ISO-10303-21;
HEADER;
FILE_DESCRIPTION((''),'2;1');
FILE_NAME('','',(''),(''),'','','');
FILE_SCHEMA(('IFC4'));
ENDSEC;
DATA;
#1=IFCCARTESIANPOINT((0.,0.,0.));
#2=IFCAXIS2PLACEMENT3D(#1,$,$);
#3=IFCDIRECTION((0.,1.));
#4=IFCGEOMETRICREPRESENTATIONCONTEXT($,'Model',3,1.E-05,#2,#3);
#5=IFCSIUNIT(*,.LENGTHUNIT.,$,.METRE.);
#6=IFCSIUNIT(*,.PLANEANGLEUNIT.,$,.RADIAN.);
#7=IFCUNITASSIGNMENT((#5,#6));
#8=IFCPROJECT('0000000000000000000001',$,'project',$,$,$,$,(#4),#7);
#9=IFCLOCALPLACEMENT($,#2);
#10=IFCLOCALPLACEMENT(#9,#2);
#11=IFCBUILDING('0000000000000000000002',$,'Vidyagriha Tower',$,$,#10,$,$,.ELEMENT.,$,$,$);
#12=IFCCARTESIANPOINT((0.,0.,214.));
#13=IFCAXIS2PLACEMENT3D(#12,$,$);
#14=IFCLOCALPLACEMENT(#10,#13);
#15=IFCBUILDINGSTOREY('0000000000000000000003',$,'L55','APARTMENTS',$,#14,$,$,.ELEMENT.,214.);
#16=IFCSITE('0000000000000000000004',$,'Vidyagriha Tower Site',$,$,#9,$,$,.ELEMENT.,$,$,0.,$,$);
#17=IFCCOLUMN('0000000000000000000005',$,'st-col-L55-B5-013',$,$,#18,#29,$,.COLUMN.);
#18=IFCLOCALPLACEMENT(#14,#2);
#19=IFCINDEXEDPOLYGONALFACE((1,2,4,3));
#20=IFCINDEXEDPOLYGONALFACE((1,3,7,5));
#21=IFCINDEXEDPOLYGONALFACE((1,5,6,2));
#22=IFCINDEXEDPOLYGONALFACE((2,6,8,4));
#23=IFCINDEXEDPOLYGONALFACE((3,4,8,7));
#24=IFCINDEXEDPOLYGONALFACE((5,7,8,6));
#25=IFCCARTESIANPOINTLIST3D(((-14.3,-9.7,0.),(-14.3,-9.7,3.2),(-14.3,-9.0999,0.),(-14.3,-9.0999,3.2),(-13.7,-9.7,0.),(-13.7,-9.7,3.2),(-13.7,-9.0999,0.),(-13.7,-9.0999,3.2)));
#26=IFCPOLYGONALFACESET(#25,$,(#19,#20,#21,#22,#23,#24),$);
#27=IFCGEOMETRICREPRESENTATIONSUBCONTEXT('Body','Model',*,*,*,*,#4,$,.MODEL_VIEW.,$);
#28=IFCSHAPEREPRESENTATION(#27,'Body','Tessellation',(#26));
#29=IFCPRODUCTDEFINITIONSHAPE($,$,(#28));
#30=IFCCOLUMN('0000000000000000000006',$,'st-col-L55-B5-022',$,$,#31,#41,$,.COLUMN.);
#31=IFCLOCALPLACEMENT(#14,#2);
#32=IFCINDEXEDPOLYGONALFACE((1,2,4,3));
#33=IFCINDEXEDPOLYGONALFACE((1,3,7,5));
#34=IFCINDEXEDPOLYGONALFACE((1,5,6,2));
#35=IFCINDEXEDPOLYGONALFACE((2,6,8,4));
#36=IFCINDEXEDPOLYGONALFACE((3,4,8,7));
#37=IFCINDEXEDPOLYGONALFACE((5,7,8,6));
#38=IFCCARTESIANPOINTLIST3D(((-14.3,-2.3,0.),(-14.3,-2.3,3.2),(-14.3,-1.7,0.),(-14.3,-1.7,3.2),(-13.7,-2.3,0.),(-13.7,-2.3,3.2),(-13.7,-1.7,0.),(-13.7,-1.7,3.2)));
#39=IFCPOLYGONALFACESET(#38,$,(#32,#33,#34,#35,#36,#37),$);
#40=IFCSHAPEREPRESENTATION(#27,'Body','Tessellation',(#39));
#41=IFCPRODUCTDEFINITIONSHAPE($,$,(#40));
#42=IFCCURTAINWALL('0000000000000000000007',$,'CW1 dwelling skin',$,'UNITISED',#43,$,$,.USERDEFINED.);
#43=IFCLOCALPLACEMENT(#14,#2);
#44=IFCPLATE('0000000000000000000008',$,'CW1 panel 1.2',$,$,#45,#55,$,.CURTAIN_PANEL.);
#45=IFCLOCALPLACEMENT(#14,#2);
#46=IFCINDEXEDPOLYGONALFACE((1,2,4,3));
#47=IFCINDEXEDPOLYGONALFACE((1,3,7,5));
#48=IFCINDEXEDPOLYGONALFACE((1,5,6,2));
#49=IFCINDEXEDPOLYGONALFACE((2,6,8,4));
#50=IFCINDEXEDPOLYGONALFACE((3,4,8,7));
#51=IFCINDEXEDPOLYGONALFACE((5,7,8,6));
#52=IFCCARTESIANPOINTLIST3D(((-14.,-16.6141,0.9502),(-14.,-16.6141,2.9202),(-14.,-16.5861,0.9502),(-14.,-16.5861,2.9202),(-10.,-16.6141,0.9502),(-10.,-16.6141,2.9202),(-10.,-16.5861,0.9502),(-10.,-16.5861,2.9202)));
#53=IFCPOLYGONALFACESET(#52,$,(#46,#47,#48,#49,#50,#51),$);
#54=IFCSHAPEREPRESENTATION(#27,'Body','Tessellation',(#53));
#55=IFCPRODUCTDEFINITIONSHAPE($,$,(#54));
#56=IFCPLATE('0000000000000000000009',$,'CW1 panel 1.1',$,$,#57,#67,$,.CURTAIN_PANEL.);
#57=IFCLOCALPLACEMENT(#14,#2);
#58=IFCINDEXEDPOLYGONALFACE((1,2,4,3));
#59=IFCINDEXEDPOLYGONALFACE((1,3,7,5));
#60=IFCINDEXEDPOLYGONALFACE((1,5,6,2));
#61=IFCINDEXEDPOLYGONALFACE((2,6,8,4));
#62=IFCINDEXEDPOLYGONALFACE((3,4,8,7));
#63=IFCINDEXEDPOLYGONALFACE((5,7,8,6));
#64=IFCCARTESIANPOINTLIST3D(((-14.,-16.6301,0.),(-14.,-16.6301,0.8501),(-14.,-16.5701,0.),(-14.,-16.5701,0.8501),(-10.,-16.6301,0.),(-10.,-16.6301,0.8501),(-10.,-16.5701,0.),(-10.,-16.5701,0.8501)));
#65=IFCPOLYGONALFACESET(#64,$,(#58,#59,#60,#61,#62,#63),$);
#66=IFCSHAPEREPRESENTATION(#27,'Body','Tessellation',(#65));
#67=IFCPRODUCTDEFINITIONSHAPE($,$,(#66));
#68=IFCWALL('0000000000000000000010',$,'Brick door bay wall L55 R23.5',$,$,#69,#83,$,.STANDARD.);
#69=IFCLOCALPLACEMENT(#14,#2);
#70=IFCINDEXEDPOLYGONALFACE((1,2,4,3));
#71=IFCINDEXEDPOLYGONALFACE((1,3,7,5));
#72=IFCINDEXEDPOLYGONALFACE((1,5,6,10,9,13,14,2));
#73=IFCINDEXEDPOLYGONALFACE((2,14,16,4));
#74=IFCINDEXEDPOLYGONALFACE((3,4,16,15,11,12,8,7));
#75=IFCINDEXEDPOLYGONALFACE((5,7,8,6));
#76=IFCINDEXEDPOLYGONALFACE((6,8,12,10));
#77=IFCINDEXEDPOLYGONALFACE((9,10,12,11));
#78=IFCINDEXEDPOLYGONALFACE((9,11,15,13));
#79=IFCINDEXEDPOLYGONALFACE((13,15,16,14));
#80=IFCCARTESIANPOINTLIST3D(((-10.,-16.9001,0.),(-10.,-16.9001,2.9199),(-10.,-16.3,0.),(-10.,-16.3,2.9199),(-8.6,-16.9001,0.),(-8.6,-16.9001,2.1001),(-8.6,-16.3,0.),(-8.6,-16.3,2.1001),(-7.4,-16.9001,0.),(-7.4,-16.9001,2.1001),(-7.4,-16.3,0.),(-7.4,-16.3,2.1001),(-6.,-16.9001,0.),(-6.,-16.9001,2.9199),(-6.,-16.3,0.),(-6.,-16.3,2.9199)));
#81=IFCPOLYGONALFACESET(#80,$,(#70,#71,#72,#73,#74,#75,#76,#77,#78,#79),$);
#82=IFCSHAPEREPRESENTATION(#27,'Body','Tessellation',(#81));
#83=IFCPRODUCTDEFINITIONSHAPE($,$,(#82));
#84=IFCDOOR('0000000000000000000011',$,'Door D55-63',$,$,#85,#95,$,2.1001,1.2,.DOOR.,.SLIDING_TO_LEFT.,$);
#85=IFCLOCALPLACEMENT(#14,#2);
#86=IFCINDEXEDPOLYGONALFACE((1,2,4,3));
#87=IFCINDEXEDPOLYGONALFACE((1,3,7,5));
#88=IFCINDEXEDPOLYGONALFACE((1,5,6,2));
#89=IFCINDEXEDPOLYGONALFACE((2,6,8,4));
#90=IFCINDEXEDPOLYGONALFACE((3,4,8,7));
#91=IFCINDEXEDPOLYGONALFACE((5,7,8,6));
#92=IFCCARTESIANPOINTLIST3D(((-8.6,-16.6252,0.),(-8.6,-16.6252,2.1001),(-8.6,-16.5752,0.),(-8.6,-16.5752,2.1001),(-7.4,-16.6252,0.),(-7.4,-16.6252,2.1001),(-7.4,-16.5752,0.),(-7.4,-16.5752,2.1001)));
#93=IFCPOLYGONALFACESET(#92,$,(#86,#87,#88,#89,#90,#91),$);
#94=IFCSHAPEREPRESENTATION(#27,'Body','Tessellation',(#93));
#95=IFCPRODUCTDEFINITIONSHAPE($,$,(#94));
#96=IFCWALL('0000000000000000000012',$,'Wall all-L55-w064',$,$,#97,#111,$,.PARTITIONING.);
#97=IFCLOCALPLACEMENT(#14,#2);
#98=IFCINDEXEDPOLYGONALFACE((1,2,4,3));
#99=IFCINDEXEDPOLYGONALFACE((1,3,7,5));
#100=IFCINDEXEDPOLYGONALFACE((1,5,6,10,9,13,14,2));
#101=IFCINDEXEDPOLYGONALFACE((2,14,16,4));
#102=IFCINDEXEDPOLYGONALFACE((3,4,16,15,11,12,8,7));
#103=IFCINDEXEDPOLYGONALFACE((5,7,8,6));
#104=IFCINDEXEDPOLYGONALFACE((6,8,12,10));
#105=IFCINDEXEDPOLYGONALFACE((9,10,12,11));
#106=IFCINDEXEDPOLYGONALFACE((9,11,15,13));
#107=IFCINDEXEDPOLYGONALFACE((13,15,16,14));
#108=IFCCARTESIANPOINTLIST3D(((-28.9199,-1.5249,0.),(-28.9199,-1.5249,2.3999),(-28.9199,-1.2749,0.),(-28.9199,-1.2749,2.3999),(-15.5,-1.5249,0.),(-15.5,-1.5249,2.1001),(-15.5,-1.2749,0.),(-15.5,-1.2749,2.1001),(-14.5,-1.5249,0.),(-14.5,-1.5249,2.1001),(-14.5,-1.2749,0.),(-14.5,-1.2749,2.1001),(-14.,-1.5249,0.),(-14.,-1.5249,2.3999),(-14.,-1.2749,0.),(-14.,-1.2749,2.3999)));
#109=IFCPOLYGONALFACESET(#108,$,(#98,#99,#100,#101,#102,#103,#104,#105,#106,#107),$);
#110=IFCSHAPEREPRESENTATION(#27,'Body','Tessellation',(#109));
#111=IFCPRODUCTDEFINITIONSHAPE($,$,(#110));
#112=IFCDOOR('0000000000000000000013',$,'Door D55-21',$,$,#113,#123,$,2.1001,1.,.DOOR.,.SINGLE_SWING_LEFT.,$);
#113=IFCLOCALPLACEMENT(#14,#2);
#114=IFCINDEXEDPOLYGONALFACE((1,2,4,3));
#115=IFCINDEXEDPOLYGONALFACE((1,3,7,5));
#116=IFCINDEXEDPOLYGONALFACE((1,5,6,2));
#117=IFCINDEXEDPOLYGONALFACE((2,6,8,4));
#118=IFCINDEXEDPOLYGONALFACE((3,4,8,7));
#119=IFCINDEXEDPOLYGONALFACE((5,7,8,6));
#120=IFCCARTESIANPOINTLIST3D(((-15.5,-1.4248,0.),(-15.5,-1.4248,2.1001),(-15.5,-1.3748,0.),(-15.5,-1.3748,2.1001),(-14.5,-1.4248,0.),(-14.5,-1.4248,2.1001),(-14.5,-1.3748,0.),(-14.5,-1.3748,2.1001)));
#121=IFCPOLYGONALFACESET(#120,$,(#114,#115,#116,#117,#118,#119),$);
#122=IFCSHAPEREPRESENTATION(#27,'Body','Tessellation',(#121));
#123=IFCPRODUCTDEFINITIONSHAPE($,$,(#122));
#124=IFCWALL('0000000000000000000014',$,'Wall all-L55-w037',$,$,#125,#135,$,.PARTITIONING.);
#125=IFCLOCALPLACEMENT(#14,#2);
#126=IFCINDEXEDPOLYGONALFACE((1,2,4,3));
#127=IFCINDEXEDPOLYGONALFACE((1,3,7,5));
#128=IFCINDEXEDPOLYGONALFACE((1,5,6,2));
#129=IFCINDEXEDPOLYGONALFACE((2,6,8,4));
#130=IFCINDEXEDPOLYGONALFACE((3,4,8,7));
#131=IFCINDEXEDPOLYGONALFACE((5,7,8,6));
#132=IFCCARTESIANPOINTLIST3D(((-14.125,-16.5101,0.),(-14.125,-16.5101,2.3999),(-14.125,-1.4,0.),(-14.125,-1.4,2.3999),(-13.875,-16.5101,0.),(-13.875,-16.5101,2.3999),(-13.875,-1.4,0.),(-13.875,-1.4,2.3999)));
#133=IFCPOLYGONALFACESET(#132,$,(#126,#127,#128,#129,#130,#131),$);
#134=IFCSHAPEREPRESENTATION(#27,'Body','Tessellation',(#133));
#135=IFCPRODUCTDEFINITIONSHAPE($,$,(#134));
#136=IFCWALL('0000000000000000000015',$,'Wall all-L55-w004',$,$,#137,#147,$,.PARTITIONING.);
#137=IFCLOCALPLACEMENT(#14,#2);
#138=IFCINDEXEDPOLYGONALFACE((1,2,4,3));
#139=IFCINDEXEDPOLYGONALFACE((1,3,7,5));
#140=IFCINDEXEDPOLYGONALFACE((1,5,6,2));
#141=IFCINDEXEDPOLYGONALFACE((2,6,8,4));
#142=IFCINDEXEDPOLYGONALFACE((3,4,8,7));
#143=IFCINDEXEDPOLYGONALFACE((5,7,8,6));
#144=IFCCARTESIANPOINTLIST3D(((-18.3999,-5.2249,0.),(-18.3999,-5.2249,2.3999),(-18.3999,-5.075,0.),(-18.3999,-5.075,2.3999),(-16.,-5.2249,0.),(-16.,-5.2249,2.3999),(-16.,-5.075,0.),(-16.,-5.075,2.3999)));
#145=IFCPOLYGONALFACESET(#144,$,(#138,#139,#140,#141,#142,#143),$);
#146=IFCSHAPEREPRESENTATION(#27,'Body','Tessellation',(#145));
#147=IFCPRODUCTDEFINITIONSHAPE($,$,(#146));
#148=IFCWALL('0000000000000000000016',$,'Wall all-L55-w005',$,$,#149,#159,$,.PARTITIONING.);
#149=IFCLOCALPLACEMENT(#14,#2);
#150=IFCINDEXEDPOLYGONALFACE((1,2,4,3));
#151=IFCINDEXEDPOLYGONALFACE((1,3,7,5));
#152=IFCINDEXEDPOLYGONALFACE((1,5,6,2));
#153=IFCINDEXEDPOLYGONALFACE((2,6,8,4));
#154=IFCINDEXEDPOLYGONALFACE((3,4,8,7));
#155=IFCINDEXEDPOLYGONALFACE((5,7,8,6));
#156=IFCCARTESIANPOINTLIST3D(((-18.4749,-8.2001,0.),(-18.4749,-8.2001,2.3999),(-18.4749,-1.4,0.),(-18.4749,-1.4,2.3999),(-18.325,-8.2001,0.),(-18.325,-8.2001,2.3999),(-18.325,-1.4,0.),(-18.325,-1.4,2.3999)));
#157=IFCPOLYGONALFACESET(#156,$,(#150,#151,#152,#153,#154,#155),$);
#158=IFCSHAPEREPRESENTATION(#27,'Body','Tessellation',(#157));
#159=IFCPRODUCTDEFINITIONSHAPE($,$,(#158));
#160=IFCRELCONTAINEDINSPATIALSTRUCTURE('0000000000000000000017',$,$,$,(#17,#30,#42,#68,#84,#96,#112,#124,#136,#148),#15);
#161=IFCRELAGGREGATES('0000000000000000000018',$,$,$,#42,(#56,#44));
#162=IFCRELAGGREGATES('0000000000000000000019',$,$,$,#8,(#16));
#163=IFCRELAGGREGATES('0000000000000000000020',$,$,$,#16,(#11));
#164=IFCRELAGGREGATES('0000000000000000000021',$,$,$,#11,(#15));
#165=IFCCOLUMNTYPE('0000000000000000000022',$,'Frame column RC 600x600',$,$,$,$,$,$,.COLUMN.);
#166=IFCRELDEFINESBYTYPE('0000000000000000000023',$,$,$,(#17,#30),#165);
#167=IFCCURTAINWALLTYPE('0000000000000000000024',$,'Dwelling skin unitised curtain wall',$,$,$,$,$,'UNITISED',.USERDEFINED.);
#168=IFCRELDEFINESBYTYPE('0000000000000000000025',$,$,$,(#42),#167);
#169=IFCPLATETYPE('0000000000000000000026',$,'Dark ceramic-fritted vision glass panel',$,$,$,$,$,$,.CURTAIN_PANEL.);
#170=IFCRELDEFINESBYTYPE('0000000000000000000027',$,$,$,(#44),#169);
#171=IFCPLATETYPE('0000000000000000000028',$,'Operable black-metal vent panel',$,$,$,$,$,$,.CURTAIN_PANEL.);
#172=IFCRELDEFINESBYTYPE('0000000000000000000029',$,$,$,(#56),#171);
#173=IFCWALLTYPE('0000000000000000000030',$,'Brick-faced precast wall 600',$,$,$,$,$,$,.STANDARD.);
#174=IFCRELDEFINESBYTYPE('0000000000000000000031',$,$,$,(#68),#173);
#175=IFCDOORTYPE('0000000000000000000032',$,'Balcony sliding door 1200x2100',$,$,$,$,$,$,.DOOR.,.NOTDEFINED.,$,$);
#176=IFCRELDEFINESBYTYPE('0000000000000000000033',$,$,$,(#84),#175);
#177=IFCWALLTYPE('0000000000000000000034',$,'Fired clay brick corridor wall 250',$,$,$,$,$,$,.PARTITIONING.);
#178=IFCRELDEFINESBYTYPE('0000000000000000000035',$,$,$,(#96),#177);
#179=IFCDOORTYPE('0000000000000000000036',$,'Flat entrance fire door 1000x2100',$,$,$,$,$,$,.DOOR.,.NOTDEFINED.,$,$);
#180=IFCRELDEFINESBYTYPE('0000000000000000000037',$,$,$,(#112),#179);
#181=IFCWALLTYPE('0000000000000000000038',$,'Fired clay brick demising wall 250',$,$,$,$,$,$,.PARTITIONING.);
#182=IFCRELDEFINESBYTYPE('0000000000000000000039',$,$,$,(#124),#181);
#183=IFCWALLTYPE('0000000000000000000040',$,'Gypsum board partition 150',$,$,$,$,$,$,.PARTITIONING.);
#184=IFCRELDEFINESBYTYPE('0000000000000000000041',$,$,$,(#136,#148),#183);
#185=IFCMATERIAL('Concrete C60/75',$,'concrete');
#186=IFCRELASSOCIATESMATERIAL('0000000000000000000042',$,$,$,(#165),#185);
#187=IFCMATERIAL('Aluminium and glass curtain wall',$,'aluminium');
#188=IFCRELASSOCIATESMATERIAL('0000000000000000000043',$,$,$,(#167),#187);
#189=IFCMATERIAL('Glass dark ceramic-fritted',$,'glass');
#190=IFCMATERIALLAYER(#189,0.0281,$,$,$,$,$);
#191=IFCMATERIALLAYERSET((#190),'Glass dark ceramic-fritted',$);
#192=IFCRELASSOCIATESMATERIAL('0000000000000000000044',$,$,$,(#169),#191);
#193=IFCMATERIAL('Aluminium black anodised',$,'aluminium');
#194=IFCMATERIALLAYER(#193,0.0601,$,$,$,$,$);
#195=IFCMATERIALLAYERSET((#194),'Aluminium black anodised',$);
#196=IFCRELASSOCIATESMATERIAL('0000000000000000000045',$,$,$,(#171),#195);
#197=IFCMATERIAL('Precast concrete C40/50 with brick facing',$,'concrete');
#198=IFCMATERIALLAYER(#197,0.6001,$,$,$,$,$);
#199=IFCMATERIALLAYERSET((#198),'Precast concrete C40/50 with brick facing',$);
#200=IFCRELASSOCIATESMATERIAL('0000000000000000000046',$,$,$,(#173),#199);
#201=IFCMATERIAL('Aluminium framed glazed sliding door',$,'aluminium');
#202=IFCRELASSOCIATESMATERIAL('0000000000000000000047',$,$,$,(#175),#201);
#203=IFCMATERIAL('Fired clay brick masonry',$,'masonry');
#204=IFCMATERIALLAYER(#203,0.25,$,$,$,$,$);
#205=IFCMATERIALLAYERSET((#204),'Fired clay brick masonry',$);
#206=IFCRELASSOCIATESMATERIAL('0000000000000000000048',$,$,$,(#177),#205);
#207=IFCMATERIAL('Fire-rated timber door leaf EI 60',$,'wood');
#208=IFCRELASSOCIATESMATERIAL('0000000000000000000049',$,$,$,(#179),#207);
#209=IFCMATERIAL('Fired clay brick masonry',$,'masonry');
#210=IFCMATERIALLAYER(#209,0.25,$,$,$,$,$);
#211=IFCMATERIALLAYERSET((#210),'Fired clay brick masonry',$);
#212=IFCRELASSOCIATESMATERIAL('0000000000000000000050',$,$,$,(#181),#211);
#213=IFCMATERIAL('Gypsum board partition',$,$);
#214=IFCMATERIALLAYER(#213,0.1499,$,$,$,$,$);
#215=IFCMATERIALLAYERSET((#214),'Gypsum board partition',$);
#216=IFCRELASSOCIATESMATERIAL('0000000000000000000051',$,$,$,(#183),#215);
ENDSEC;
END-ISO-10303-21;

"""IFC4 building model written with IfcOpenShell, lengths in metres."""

from ifc_helpers import new_model, si_unit, direction, frame, frame_2d, origin, origin_2d, place, context, subcontext, project, spatial, rectangle, extrude, material, layer, layer_set, material_profile, profile_set, type_object, element, fill, aggregate, save


model = new_model("IFC4")

# Units and contexts
model_context = context("Model", 3, precision=1e-05, world=origin(), true_north=direction((0.0, 1.0)))
body_context = subcontext(model_context, "Body", "Model", "MODEL_VIEW")
ifc_project = project(units=[si_unit("LENGTHUNIT", "METRE"), si_unit("PLANEANGLEUNIT", "RADIAN")], contexts=[model_context])

# Site, building, storey
site_placement = place(None, origin())
site = spatial("IfcSite", under=ifc_project, at=site_placement, Name="Vidyagriha Tower Site", CompositionType="ELEMENT", RefElevation=0.0)
building_placement = place(site_placement, origin())
building = spatial("IfcBuilding", under=site, at=building_placement, Name="Vidyagriha Tower", CompositionType="ELEMENT")
storey_placement = place(building_placement, frame((0.0, 0.0, 214.0)))
storey = spatial("IfcBuildingStorey", under=building, at=storey_placement, Name="L55", Description="APARTMENTS", CompositionType="ELEMENT", Elevation=214.0)

# Columns
ifc_material_1 = material(Name="Concrete C60/75", Category="concrete")
ifc_material_profile = material_profile(ifc_material_1, rectangle(XDim=0.6001, YDim=0.6001, at=origin_2d()), Name="RC 600x600")
ifc_profile_set = profile_set([ifc_material_profile], Name="Concrete C60/75")
column_type = type_object("IfcColumnType", Name="Frame column RC 600x600", PredefinedType="COLUMN", material=ifc_profile_set)
for number, where, name in (
    (1, (-14.0, -9.3999, 0.0), "st-col-L55-B5-013"),
    (2, (-14.0, -2.0, 0.0), "st-col-L55-B5-022"),
):
    element("IfcColumn", number, at=place(storey_placement, frame(where)), inside=storey, type_object=column_type, Name=name, PredefinedType="COLUMN", context=body_context, shape_type="SweptSolid", body=[
        extrude(rectangle(XDim=0.6001, YDim=0.6001, at=origin_2d()), origin(), (0.0, 0.0, 1.0), 3.2),
    ])

# Curtain wall, plates
ifc_material_2 = material(Name="Aluminium and glass curtain wall", Category="aluminium")
curtain_wall_type = type_object("IfcCurtainWallType", Name="Dwelling skin unitised curtain wall", ElementType="UNITISED", PredefinedType="USERDEFINED", material=ifc_material_2)
curtain_wall_placement = place(storey_placement, origin())
curtain_wall = element("IfcCurtainWall", 3, at=curtain_wall_placement, inside=storey, type_object=curtain_wall_type, Name="CW1 dwelling skin", ObjectType="UNITISED", PredefinedType="USERDEFINED")
ifc_material_3 = material(Name="Glass dark ceramic-fritted", Category="glass")
ifc_layer_1 = layer(ifc_material_3, 0.0281)
ifc_layer_set_1 = layer_set([ifc_layer_1], Name="Glass dark ceramic-fritted")
plate_type_1 = type_object("IfcPlateType", Name="Dark ceramic-fritted vision glass panel", PredefinedType="CURTAIN_PANEL", material=ifc_layer_set_1)
plate_1_placement = place(storey_placement, frame((-12.0, -16.6001, 0.9502)))
plate_1 = element("IfcPlate", 4, at=plate_1_placement, type_object=plate_type_1, Name="CW1 panel 1.2", PredefinedType="CURTAIN_PANEL", context=body_context, shape_type="SweptSolid", body=[
    extrude(rectangle(XDim=4.0, YDim=0.0281, at=origin_2d()), origin(), (0.0, 0.0, 1.0), 1.97),
])
ifc_material_4 = material(Name="Aluminium black anodised", Category="aluminium")
ifc_layer_2 = layer(ifc_material_4, 0.0601)
ifc_layer_set_2 = layer_set([ifc_layer_2], Name="Aluminium black anodised")
plate_type_2 = type_object("IfcPlateType", Name="Operable black-metal vent panel", PredefinedType="CURTAIN_PANEL", material=ifc_layer_set_2)
plate_2_placement = place(storey_placement, frame((-12.0, -16.6001, 0.0)))
plate_2 = element("IfcPlate", 5, at=plate_2_placement, type_object=plate_type_2, Name="CW1 panel 1.1", PredefinedType="CURTAIN_PANEL", context=body_context, shape_type="SweptSolid", body=[
    extrude(rectangle(XDim=4.0, YDim=0.0601, at=origin_2d()), origin(), (0.0, 0.0, 1.0), 0.8501),
])
aggregate(curtain_wall, [plate_2, plate_1])

# Walls, openings, doors
ifc_material_5 = material(Name="Precast concrete C40/50 with brick facing", Category="concrete")
ifc_layer_3 = layer(ifc_material_5, 0.6001)
ifc_layer_set_3 = layer_set([ifc_layer_3], Name="Precast concrete C40/50 with brick facing")
wall_type_1 = type_object("IfcWallType", Name="Brick-faced precast wall 600", PredefinedType="STANDARD", material=ifc_layer_set_3)
wall_1_placement = place(storey_placement, frame((-10.0, -16.6001, 0.0)))
wall_1 = element("IfcWall", 6, at=wall_1_placement, inside=storey, type_object=wall_type_1, Name="Brick door bay wall L55 R23.5", PredefinedType="STANDARD", context=body_context, shape_type="SweptSolid", body=[
    extrude(rectangle(XDim=4.0, YDim=0.6001, at=frame_2d((2.0, 0.0))), origin(), (0.0, 0.0, 1.0), 2.9199),
])
opening_1_placement = place(wall_1_placement, frame((1.3999, 0.0, 0.0)))
opening_1 = element("IfcOpeningElement", 7, at=opening_1_placement, cuts=wall_1, PredefinedType="OPENING", context=body_context, shape_type="SweptSolid", body=[
    extrude(rectangle(XDim=1.2, YDim=2.1001, at=frame_2d((0.6001, 1.05))), frame((0.0, 0.3101, 0.0), z_axis=(0.0, -1.0, 0.0), x_axis=(1.0, 0.0, 0.0)), (0.0, 0.0, 1.0), 0.6201),
])
ifc_material_6 = material(Name="Aluminium framed glazed sliding door", Category="aluminium")
door_type_1 = type_object("IfcDoorType", Name="Balcony sliding door 1200x2100", OperationType="NOTDEFINED", PredefinedType="DOOR", material=ifc_material_6)
door_1_placement = place(opening_1_placement, origin())
door_1 = element("IfcDoor", 8, at=door_1_placement, inside=storey, type_object=door_type_1, Name="Door D55-63", OperationType="SLIDING_TO_LEFT", OverallHeight=2.1001, OverallWidth=1.2, PredefinedType="DOOR", context=body_context, shape_type="SweptSolid", body=[
    extrude(rectangle(XDim=1.2, YDim=2.1001, at=frame_2d((0.6001, 1.05))), frame((0.0, 0.0249, 0.0), z_axis=(0.0, -1.0, 0.0), x_axis=(1.0, 0.0, 0.0)), (0.0, 0.0, 1.0), 0.05),
])
fill(opening_1, door_1)
ifc_material_7 = material(Name="Fired clay brick masonry", Category="masonry")
ifc_layer_4 = layer(ifc_material_7, 0.25)
ifc_layer_set_4 = layer_set([ifc_layer_4], Name="Fired clay brick masonry")
wall_type_2 = type_object("IfcWallType", Name="Fired clay brick corridor wall 250", PredefinedType="PARTITIONING", material=ifc_layer_set_4)
wall_2_placement = place(storey_placement, frame((-14.0, -1.3999, 0.0), z_axis=(0.0, 0.0, 1.0), x_axis=(-1.0, 0.0, 0.0)))
wall_2 = element("IfcWall", 9, at=wall_2_placement, inside=storey, type_object=wall_type_2, Name="Wall all-L55-w064", PredefinedType="PARTITIONING", context=body_context, shape_type="SweptSolid", body=[
    extrude(rectangle(XDim=14.9199, YDim=0.25, at=frame_2d((7.46, 0.0))), origin(), (0.0, 0.0, 1.0), 2.3999),
])
opening_2_placement = place(wall_2_placement, frame((0.5, 0.0, 0.0)))
opening_2 = element("IfcOpeningElement", 10, at=opening_2_placement, cuts=wall_2, PredefinedType="OPENING", context=body_context, shape_type="SweptSolid", body=[
    extrude(rectangle(XDim=1.0, YDim=2.1001, at=frame_2d((0.5, 1.05))), frame((0.0, 0.135, 0.0), z_axis=(0.0, -1.0, 0.0), x_axis=(1.0, 0.0, 0.0)), (0.0, 0.0, 1.0), 0.27),
])
ifc_material_8 = material(Name="Fire-rated timber door leaf EI 60", Category="wood")
door_type_2 = type_object("IfcDoorType", Name="Flat entrance fire door 1000x2100", OperationType="NOTDEFINED", PredefinedType="DOOR", material=ifc_material_8)
door_2_placement = place(opening_2_placement, origin())
door_2 = element("IfcDoor", 11, at=door_2_placement, inside=storey, type_object=door_type_2, Name="Door D55-21", OperationType="SINGLE_SWING_LEFT", OverallHeight=2.1001, OverallWidth=1.0, PredefinedType="DOOR", context=body_context, shape_type="SweptSolid", body=[
    extrude(rectangle(XDim=1.0, YDim=2.1001, at=frame_2d((0.5, 1.05))), frame((0.0, 0.0249, 0.0), z_axis=(0.0, -1.0, 0.0), x_axis=(1.0, 0.0, 0.0)), (0.0, 0.0, 1.0), 0.05),
])
fill(opening_2, door_2)

# Walls
ifc_material_9 = material(Name="Fired clay brick masonry", Category="masonry")
ifc_layer_5 = layer(ifc_material_9, 0.25)
ifc_layer_set_5 = layer_set([ifc_layer_5], Name="Fired clay brick masonry")
wall_type_3 = type_object("IfcWallType", Name="Fired clay brick demising wall 250", PredefinedType="PARTITIONING", material=ifc_layer_set_5)
wall_3_placement = place(storey_placement, frame((-14.0, -1.3999, 0.0), z_axis=(0.0, 0.0, 1.0), x_axis=(0.0, -1.0, 0.0)))
element("IfcWall", 12, at=wall_3_placement, inside=storey, type_object=wall_type_3, Name="Wall all-L55-w037", PredefinedType="PARTITIONING", context=body_context, shape_type="SweptSolid", body=[
    extrude(rectangle(XDim=15.1101, YDim=0.25, at=frame_2d((7.5552, 0.0))), origin(), (0.0, 0.0, 1.0), 2.3999),
])
ifc_material_10 = material(Name="Gypsum board partition")
ifc_layer_6 = layer(ifc_material_10, 0.1499)
ifc_layer_set_6 = layer_set([ifc_layer_6], Name="Gypsum board partition")
wall_type_4 = type_object("IfcWallType", Name="Gypsum board partition 150", PredefinedType="PARTITIONING", material=ifc_layer_set_6)
wall_4_placement = place(storey_placement, frame((-16.0, -5.1499, 0.0), z_axis=(0.0, 0.0, 1.0), x_axis=(-1.0, 0.0, 0.0)))
element("IfcWall", 13, at=wall_4_placement, inside=storey, type_object=wall_type_4, Name="Wall all-L55-w004", PredefinedType="PARTITIONING", context=body_context, shape_type="SweptSolid", body=[
    extrude(rectangle(XDim=2.3999, YDim=0.1499, at=frame_2d((1.2, 0.0))), origin(), (0.0, 0.0, 1.0), 2.3999),
])
wall_5_placement = place(storey_placement, frame((-18.3999, -8.2, 0.0), z_axis=(0.0, 0.0, 1.0), x_axis=(0.0, 1.0, 0.0)))
element("IfcWall", 14, at=wall_5_placement, inside=storey, type_object=wall_type_4, Name="Wall all-L55-w005", PredefinedType="PARTITIONING", context=body_context, shape_type="SweptSolid", body=[
    extrude(rectangle(XDim=6.8, YDim=0.1499, at=frame_2d((3.3999, 0.0))), origin(), (0.0, 0.0, 1.0), 2.3999),
])

save(model, "model.ifc")
